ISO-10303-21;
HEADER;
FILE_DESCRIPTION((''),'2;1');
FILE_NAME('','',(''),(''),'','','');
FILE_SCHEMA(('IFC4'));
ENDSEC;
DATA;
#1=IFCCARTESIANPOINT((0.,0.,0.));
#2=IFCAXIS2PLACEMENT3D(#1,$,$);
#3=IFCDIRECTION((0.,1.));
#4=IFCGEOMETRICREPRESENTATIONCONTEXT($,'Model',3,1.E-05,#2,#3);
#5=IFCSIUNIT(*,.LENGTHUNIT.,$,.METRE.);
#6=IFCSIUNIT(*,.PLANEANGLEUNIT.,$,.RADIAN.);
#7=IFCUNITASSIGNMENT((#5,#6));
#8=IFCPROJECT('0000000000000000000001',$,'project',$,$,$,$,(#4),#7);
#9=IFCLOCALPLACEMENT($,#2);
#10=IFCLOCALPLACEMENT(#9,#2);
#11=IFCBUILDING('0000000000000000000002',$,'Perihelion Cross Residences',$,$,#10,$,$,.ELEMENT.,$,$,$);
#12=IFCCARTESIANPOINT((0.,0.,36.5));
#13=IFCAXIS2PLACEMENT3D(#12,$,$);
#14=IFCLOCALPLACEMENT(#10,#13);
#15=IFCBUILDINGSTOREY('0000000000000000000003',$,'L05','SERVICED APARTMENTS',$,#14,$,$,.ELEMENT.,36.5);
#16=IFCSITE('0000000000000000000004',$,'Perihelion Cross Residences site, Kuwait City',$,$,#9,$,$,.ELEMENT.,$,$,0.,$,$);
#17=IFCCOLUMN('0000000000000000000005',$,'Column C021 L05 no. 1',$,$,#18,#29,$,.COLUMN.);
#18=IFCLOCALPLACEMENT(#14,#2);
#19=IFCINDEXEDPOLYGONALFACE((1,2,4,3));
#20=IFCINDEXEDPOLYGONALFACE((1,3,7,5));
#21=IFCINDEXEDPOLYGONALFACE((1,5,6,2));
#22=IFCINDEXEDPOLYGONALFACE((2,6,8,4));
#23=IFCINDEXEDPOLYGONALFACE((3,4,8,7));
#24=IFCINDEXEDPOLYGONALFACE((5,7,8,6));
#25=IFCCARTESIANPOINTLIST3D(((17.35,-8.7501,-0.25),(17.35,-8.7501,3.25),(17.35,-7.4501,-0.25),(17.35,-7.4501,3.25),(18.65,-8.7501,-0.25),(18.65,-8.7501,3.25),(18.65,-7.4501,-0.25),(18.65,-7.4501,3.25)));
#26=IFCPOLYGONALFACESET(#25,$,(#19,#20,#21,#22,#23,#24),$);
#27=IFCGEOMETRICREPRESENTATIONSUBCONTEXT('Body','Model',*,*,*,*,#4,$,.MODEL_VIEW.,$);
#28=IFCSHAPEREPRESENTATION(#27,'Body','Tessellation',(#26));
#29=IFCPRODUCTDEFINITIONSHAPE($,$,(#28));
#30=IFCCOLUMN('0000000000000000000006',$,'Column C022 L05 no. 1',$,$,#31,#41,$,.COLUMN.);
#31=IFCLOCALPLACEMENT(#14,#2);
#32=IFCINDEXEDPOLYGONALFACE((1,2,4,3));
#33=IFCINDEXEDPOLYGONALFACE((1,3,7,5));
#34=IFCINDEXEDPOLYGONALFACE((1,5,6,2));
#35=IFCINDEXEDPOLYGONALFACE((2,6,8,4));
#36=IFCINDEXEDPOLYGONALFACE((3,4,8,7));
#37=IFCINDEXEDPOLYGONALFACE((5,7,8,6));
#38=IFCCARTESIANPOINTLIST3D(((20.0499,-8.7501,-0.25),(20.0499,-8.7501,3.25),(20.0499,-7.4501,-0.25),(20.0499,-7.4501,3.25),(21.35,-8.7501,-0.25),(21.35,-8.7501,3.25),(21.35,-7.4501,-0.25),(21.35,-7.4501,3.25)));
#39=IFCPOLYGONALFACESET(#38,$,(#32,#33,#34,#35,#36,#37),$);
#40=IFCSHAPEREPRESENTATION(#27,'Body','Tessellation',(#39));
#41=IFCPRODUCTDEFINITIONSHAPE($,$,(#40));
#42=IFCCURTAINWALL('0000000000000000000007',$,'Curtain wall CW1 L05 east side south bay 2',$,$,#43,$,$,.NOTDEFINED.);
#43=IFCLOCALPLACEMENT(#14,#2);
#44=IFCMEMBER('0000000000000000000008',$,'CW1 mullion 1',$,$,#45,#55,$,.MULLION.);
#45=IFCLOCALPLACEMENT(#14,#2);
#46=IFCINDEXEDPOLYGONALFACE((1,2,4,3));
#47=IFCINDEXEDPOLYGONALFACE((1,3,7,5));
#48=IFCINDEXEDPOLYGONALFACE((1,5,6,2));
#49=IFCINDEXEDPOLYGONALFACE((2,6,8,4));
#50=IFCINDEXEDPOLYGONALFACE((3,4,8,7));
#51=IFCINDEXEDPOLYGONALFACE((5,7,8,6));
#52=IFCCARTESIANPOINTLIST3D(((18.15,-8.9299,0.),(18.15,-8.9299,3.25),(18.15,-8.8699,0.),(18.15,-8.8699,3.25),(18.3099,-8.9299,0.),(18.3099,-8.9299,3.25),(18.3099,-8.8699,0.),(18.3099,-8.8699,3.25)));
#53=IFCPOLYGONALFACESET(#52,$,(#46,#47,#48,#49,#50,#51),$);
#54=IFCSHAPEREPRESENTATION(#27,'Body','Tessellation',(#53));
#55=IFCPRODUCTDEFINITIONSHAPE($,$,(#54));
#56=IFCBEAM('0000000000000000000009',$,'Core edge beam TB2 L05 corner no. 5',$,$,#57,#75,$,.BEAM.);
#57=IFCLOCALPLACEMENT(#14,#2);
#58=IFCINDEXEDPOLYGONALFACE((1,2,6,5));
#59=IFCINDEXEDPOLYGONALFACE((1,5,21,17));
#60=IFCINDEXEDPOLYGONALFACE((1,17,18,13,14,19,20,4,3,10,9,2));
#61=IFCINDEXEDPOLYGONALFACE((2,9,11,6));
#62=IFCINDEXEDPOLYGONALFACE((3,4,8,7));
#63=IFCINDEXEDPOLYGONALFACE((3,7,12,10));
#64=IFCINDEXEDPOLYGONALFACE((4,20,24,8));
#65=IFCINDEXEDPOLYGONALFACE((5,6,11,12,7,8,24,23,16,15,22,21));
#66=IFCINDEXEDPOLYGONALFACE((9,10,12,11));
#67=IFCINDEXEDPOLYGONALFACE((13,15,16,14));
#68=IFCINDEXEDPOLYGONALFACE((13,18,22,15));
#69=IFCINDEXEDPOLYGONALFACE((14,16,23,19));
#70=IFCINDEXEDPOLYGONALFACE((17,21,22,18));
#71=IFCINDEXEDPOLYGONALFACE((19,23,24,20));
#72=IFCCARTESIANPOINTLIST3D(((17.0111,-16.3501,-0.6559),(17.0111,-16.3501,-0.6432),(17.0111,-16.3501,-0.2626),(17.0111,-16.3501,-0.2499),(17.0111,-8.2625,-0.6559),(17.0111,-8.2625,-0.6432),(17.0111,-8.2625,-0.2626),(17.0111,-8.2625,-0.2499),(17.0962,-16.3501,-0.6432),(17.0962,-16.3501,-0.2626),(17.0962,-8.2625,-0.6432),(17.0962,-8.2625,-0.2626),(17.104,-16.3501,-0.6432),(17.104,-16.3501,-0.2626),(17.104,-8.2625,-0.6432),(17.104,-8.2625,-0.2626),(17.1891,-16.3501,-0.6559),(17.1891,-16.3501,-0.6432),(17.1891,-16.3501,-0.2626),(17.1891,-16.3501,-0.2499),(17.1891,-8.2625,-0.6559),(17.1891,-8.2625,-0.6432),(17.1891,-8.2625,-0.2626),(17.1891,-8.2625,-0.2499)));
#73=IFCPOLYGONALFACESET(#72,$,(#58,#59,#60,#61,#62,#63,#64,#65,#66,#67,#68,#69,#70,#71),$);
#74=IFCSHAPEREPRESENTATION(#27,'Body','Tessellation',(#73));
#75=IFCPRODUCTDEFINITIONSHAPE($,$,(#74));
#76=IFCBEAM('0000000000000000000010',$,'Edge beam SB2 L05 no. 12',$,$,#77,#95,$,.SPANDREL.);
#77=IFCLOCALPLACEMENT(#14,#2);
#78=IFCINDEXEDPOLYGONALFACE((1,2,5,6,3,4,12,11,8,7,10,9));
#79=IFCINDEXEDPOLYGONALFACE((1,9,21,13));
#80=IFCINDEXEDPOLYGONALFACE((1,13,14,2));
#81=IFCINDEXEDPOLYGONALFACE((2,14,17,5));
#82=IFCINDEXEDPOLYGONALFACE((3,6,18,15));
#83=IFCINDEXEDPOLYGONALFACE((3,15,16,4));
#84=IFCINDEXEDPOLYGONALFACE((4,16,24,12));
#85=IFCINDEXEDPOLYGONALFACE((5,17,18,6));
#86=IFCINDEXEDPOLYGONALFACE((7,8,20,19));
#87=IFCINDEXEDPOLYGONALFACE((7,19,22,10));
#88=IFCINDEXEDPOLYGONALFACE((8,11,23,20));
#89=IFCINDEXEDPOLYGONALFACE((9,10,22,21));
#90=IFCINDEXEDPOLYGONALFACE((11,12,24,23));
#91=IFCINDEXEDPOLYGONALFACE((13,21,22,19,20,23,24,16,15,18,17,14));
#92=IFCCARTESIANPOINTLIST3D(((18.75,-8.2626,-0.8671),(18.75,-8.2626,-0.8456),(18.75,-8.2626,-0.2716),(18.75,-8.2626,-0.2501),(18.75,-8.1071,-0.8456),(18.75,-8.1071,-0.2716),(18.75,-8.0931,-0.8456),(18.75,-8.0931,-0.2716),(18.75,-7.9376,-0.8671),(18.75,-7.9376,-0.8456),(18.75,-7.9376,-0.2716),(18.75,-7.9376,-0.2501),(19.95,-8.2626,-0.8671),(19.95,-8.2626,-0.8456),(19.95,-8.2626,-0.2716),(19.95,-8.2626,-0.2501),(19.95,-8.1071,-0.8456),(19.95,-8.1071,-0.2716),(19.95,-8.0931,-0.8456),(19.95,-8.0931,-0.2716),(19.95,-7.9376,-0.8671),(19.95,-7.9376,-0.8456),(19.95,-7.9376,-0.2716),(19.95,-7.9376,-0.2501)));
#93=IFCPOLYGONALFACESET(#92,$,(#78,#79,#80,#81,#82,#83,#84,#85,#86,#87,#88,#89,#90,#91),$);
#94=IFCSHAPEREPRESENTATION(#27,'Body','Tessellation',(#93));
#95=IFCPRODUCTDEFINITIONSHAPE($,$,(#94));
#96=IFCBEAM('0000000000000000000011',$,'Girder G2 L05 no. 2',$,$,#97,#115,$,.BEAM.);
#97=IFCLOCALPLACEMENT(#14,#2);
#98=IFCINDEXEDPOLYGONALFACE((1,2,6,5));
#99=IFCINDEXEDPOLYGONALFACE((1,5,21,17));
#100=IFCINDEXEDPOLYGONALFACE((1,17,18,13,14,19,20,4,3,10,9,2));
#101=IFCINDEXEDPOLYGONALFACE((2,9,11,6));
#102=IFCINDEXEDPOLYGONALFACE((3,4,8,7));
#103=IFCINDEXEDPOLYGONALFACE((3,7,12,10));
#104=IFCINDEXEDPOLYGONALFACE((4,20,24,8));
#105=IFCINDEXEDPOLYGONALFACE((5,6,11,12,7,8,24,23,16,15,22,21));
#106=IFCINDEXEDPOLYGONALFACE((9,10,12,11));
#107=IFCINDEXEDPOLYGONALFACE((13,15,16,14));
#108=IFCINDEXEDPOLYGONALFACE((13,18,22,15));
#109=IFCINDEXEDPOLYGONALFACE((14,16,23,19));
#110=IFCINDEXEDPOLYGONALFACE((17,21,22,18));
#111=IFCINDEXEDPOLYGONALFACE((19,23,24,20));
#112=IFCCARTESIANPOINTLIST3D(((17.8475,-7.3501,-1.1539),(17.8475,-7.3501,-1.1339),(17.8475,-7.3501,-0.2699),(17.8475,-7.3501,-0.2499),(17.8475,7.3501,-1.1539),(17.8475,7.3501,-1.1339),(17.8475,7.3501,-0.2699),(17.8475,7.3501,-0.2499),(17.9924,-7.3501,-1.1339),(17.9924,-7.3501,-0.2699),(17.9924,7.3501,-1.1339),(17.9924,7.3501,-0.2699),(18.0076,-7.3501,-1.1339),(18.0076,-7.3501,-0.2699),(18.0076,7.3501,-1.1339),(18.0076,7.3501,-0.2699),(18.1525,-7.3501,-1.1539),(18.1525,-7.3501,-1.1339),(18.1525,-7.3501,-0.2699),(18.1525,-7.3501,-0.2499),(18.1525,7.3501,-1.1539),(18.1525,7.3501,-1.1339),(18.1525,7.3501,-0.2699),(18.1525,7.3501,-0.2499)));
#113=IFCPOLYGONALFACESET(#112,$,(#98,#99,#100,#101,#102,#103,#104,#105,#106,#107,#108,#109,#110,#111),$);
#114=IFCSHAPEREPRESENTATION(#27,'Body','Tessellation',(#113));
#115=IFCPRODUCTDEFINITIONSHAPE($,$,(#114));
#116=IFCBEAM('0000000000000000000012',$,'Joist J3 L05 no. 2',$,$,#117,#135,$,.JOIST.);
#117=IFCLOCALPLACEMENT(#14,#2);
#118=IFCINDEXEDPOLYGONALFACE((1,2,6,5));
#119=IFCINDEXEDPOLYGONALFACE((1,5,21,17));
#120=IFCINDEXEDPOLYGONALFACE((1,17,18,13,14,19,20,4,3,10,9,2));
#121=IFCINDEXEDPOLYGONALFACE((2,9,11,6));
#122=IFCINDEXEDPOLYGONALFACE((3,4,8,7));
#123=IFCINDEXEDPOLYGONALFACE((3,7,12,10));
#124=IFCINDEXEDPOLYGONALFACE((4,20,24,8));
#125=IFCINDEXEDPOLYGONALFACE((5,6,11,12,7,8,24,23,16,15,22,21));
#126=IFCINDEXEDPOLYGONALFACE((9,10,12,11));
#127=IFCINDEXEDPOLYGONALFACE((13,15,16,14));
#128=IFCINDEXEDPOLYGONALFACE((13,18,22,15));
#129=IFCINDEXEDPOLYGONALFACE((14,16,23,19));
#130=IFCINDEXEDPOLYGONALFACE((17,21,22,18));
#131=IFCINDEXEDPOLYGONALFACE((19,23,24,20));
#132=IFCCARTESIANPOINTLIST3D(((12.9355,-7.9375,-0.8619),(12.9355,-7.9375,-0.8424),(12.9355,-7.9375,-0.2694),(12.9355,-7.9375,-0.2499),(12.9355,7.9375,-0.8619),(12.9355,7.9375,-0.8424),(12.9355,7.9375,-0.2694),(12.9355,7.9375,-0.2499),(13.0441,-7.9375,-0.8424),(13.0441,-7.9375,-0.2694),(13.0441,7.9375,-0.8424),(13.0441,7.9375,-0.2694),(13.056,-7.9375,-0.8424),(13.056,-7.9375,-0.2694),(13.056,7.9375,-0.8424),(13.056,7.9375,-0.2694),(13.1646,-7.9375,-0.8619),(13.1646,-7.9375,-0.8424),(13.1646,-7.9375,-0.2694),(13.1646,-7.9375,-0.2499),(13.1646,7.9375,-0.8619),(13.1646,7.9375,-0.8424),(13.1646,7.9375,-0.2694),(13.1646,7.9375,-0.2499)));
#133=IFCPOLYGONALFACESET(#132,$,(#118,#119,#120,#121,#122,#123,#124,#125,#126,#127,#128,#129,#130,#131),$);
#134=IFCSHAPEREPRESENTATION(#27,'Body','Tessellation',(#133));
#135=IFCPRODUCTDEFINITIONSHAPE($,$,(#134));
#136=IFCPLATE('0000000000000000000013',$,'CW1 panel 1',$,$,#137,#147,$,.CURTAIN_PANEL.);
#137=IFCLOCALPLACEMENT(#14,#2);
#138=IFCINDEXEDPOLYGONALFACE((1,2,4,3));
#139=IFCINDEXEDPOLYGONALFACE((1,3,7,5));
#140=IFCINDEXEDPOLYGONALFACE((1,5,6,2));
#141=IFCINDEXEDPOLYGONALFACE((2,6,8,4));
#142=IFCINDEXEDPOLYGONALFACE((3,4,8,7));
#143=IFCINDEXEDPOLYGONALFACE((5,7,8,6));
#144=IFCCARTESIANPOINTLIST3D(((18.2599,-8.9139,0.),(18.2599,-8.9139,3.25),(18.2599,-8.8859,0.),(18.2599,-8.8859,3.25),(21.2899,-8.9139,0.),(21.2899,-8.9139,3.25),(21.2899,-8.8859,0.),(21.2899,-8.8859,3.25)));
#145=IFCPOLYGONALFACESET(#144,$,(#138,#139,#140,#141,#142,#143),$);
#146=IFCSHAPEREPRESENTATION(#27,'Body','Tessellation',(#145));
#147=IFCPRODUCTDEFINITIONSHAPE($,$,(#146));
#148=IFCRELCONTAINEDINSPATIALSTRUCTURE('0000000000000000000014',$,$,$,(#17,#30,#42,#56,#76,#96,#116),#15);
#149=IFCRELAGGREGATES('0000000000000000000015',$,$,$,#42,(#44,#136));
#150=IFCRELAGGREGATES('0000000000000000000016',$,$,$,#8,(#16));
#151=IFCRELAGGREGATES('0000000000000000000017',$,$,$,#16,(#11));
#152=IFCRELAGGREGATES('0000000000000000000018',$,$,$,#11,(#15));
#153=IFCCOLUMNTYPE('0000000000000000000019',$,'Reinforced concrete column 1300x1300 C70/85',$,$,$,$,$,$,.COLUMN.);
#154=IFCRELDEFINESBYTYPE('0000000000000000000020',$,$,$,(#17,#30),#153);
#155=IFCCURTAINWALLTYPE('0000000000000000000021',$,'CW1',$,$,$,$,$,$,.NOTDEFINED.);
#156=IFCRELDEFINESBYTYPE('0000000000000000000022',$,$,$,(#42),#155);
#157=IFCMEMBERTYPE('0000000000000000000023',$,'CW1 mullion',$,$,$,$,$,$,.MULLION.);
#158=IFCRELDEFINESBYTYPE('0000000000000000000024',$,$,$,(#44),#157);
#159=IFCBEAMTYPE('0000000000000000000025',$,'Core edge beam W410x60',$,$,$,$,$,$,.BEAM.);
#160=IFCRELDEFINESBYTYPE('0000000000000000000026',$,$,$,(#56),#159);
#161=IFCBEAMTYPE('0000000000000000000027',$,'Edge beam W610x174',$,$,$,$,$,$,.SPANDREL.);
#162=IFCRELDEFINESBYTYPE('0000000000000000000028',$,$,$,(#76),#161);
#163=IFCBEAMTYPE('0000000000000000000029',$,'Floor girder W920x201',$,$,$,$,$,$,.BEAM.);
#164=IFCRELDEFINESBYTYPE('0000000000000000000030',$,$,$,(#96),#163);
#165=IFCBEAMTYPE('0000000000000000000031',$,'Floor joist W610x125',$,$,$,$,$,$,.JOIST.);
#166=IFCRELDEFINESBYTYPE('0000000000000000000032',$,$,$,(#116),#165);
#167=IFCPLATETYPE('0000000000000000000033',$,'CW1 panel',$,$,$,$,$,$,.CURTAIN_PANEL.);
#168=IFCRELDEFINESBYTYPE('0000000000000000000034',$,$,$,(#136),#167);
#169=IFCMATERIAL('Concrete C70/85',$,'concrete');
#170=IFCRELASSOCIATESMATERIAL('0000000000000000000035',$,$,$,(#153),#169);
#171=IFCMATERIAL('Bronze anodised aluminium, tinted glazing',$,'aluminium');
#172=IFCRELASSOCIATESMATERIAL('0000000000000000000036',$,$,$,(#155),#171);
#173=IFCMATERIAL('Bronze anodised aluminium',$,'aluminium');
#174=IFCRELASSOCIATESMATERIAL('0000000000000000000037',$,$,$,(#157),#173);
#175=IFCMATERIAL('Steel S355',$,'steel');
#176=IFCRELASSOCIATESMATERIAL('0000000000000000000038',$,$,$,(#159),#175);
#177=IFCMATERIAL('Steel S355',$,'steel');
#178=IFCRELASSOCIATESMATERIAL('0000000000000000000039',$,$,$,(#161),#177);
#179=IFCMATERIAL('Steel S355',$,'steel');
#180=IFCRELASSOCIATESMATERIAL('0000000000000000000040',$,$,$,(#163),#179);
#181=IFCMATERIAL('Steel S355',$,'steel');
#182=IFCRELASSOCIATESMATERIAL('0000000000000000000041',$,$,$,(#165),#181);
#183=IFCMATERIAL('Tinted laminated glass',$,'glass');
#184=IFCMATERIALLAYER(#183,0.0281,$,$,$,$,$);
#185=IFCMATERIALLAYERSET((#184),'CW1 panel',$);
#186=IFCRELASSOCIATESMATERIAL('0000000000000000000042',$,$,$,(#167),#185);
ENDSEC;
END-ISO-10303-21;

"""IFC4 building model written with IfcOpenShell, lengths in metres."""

from ifc_helpers import new_model, si_unit, direction, frame, origin, origin_2d, place, context, subcontext, project, spatial, rectangle, i_section, extrude, material, layer, layer_set, material_profile, profile_set, type_object, element, aggregate, save


model = new_model("IFC4")

# Units and contexts
model_context = context("Model", 3, precision=1e-05, world=origin(), true_north=direction((0.0, 1.0)))
body_context = subcontext(model_context, "Body", "Model", "MODEL_VIEW")
ifc_project = project(units=[si_unit("LENGTHUNIT", "METRE"), si_unit("PLANEANGLEUNIT", "RADIAN")], contexts=[model_context])

# Site, building, storey
site_placement = place(None, origin())
site = spatial("IfcSite", under=ifc_project, at=site_placement, Name="Perihelion Cross Residences site, Kuwait City", CompositionType="ELEMENT", RefElevation=0.0)
building_placement = place(site_placement, origin())
building = spatial("IfcBuilding", under=site, at=building_placement, Name="Perihelion Cross Residences", CompositionType="ELEMENT")
storey_placement = place(building_placement, frame((0.0, 0.0, 36.5)))
storey = spatial("IfcBuildingStorey", under=building, at=storey_placement, Name="L05", Description="SERVICED APARTMENTS", CompositionType="ELEMENT", Elevation=36.5)

# Columns
ifc_material_1 = material(Name="Concrete C70/85", Category="concrete")
ifc_material_profile_1 = material_profile(ifc_material_1, rectangle(XDim=1.3, YDim=1.3, at=origin_2d()), Name="RC 1300x1300")
ifc_profile_set_1 = profile_set([ifc_material_profile_1], Name="Concrete C70/85")
column_type = type_object("IfcColumnType", Name="Reinforced concrete column 1300x1300 C70/85", PredefinedType="COLUMN", material=ifc_profile_set_1)
for number, where, z_axis, x_axis, name in (
    (1, (18.0, -8.1001, -0.25), (0.0, 0.0, 1.0), (1.0, 0.0, 0.0), "Column C021 L05 no. 1"),
    (2, (20.7, -8.1001, -0.25), (0.0, 0.0, 1.0), (1.0, 0.0, 0.0), "Column C022 L05 no. 1"),
):
    element("IfcColumn", number, at=place(storey_placement, frame(where, z_axis=z_axis, x_axis=x_axis)), inside=storey, type_object=column_type, Name=name, PredefinedType="COLUMN", context=body_context, shape_type="SweptSolid", body=[
        extrude(rectangle(XDim=1.3, YDim=1.3, at=origin_2d()), origin(), (0.0, 0.0, 1.0), 3.5),
    ])

# Curtain wall, member
ifc_material_2 = material(Name="Bronze anodised aluminium, tinted glazing", Category="aluminium")
curtain_wall_type = type_object("IfcCurtainWallType", Name="CW1", PredefinedType="NOTDEFINED", material=ifc_material_2)
curtain_wall_placement = place(storey_placement, origin())
curtain_wall = element("IfcCurtainWall", 3, at=curtain_wall_placement, inside=storey, type_object=curtain_wall_type, Name="Curtain wall CW1 L05 east side south bay 2", PredefinedType="NOTDEFINED")
ifc_material_3 = material(Name="Bronze anodised aluminium", Category="aluminium")
ifc_material_profile_2 = material_profile(ifc_material_3, rectangle(XDim=0.0601, YDim=0.1599, at=origin_2d()), Name="CW1 mullion")
ifc_profile_set_2 = profile_set([ifc_material_profile_2], Name="Bronze anodised aluminium")
member_type = type_object("IfcMemberType", Name="CW1 mullion", PredefinedType="MULLION", material=ifc_profile_set_2)
member_placement = place(storey_placement, frame((18.23, -8.8999, 0.0), z_axis=(0.0, 0.0, 1.0), x_axis=(0.0, 1.0, 0.0)))
member = element("IfcMember", 4, at=member_placement, type_object=member_type, Name="CW1 mullion 1", PredefinedType="MULLION", context=body_context, shape_type="SweptSolid", body=[
    extrude(rectangle(XDim=0.0601, YDim=0.1599, at=origin_2d()), origin(), (0.0, 0.0, 1.0), 3.25),
])

# Beams
ifc_material_4 = material(Name="Steel S355", Category="steel")
ifc_material_profile_3 = material_profile(ifc_material_4, i_section(OverallWidth=0.178, OverallDepth=0.406, WebThickness=0.0078, FlangeThickness=0.0127, at=origin_2d()), Name="W410x60")
ifc_profile_set_3 = profile_set([ifc_material_profile_3], Name="Steel S355")
beam_type_1 = type_object("IfcBeamType", Name="Core edge beam W410x60", PredefinedType="BEAM", material=ifc_profile_set_3)
beam_1_placement = place(storey_placement, frame((17.1001, -8.2625, -0.4529), z_axis=(0.0, -1.0, 0.0), x_axis=(1.0, 0.0, 0.0)))
element("IfcBeam", 5, at=beam_1_placement, inside=storey, type_object=beam_type_1, Name="Core edge beam TB2 L05 corner no. 5", PredefinedType="BEAM", context=body_context, shape_type="SweptSolid", body=[
    extrude(i_section(OverallWidth=0.178, OverallDepth=0.406, WebThickness=0.0078, FlangeThickness=0.0127, at=origin_2d()), origin(), (0.0, 0.0, 1.0), 8.0876),
])
ifc_material_5 = material(Name="Steel S355", Category="steel")
ifc_material_profile_4 = material_profile(ifc_material_5, i_section(OverallWidth=0.325, OverallDepth=0.6169, WebThickness=0.0139, FlangeThickness=0.0215, at=origin_2d()), Name="W610x174")
ifc_profile_set_4 = profile_set([ifc_material_profile_4], Name="Steel S355")
beam_type_2 = type_object("IfcBeamType", Name="Edge beam W610x174", PredefinedType="SPANDREL", material=ifc_profile_set_4)
beam_2_placement = place(storey_placement, frame((18.75, -8.1001, -0.5586), z_axis=(1.0, 0.0, 0.0), x_axis=(0.0, 1.0, 0.0)))
element("IfcBeam", 6, at=beam_2_placement, inside=storey, type_object=beam_type_2, Name="Edge beam SB2 L05 no. 12", PredefinedType="SPANDREL", context=body_context, shape_type="SweptSolid", body=[
    extrude(i_section(OverallWidth=0.325, OverallDepth=0.6169, WebThickness=0.0139, FlangeThickness=0.0215, at=origin_2d()), origin(), (0.0, 0.0, 1.0), 1.2),
])
ifc_material_6 = material(Name="Steel S355", Category="steel")
ifc_material_profile_5 = material_profile(ifc_material_6, i_section(OverallWidth=0.3049, OverallDepth=0.9041, WebThickness=0.0151, FlangeThickness=0.02, at=origin_2d()), Name="W920x201")
ifc_profile_set_5 = profile_set([ifc_material_profile_5], Name="Steel S355")
beam_type_3 = type_object("IfcBeamType", Name="Floor girder W920x201", PredefinedType="BEAM", material=ifc_profile_set_5)
beam_3_placement = place(storey_placement, frame((18.0, -7.3501, -0.7019), z_axis=(0.0, 1.0, 0.0), x_axis=(-1.0, 0.0, 0.0)))
element("IfcBeam", 7, at=beam_3_placement, inside=storey, type_object=beam_type_3, Name="Girder G2 L05 no. 2", PredefinedType="BEAM", context=body_context, shape_type="SweptSolid", body=[
    extrude(i_section(OverallWidth=0.3049, OverallDepth=0.9041, WebThickness=0.0151, FlangeThickness=0.02, at=origin_2d()), origin(), (0.0, 0.0, 1.0), 14.7002),
])
ifc_material_7 = material(Name="Steel S355", Category="steel")
ifc_material_profile_6 = material_profile(ifc_material_7, i_section(OverallWidth=0.229, OverallDepth=0.6121, WebThickness=0.012, FlangeThickness=0.0195, at=origin_2d()), Name="W610x125")
ifc_profile_set_6 = profile_set([ifc_material_profile_6], Name="Steel S355")
beam_type_4 = type_object("IfcBeamType", Name="Floor joist W610x125", PredefinedType="JOIST", material=ifc_profile_set_6)
beam_4_placement = place(storey_placement, frame((13.05, -7.9375, -0.5559), z_axis=(0.0, 1.0, 0.0), x_axis=(-1.0, 0.0, 0.0)))
element("IfcBeam", 8, at=beam_4_placement, inside=storey, type_object=beam_type_4, Name="Joist J3 L05 no. 2", PredefinedType="JOIST", context=body_context, shape_type="SweptSolid", body=[
    extrude(i_section(OverallWidth=0.229, OverallDepth=0.6121, WebThickness=0.012, FlangeThickness=0.0195, at=origin_2d()), origin(), (0.0, 0.0, 1.0), 15.875),
])

# Plate
ifc_material_8 = material(Name="Tinted laminated glass", Category="glass")
ifc_layer_1 = layer(ifc_material_8, 0.0281)
ifc_layer_set_1 = layer_set([ifc_layer_1], Name="CW1 panel")
plate_type = type_object("IfcPlateType", Name="CW1 panel", PredefinedType="CURTAIN_PANEL", material=ifc_layer_set_1)
plate_placement = place(storey_placement, frame((19.7749, -8.8999, 0.0), z_axis=(0.0, 0.0, 1.0), x_axis=(1.0, 0.0, 0.0)))
plate = element("IfcPlate", 9, at=plate_placement, type_object=plate_type, Name="CW1 panel 1", PredefinedType="CURTAIN_PANEL", context=body_context, shape_type="SweptSolid", body=[
    extrude(rectangle(XDim=3.03, YDim=0.0281, at=origin_2d()), origin(), (0.0, 0.0, 1.0), 3.25),
])
aggregate(curtain_wall, [member, plate])

save(model, "model.ifc")
